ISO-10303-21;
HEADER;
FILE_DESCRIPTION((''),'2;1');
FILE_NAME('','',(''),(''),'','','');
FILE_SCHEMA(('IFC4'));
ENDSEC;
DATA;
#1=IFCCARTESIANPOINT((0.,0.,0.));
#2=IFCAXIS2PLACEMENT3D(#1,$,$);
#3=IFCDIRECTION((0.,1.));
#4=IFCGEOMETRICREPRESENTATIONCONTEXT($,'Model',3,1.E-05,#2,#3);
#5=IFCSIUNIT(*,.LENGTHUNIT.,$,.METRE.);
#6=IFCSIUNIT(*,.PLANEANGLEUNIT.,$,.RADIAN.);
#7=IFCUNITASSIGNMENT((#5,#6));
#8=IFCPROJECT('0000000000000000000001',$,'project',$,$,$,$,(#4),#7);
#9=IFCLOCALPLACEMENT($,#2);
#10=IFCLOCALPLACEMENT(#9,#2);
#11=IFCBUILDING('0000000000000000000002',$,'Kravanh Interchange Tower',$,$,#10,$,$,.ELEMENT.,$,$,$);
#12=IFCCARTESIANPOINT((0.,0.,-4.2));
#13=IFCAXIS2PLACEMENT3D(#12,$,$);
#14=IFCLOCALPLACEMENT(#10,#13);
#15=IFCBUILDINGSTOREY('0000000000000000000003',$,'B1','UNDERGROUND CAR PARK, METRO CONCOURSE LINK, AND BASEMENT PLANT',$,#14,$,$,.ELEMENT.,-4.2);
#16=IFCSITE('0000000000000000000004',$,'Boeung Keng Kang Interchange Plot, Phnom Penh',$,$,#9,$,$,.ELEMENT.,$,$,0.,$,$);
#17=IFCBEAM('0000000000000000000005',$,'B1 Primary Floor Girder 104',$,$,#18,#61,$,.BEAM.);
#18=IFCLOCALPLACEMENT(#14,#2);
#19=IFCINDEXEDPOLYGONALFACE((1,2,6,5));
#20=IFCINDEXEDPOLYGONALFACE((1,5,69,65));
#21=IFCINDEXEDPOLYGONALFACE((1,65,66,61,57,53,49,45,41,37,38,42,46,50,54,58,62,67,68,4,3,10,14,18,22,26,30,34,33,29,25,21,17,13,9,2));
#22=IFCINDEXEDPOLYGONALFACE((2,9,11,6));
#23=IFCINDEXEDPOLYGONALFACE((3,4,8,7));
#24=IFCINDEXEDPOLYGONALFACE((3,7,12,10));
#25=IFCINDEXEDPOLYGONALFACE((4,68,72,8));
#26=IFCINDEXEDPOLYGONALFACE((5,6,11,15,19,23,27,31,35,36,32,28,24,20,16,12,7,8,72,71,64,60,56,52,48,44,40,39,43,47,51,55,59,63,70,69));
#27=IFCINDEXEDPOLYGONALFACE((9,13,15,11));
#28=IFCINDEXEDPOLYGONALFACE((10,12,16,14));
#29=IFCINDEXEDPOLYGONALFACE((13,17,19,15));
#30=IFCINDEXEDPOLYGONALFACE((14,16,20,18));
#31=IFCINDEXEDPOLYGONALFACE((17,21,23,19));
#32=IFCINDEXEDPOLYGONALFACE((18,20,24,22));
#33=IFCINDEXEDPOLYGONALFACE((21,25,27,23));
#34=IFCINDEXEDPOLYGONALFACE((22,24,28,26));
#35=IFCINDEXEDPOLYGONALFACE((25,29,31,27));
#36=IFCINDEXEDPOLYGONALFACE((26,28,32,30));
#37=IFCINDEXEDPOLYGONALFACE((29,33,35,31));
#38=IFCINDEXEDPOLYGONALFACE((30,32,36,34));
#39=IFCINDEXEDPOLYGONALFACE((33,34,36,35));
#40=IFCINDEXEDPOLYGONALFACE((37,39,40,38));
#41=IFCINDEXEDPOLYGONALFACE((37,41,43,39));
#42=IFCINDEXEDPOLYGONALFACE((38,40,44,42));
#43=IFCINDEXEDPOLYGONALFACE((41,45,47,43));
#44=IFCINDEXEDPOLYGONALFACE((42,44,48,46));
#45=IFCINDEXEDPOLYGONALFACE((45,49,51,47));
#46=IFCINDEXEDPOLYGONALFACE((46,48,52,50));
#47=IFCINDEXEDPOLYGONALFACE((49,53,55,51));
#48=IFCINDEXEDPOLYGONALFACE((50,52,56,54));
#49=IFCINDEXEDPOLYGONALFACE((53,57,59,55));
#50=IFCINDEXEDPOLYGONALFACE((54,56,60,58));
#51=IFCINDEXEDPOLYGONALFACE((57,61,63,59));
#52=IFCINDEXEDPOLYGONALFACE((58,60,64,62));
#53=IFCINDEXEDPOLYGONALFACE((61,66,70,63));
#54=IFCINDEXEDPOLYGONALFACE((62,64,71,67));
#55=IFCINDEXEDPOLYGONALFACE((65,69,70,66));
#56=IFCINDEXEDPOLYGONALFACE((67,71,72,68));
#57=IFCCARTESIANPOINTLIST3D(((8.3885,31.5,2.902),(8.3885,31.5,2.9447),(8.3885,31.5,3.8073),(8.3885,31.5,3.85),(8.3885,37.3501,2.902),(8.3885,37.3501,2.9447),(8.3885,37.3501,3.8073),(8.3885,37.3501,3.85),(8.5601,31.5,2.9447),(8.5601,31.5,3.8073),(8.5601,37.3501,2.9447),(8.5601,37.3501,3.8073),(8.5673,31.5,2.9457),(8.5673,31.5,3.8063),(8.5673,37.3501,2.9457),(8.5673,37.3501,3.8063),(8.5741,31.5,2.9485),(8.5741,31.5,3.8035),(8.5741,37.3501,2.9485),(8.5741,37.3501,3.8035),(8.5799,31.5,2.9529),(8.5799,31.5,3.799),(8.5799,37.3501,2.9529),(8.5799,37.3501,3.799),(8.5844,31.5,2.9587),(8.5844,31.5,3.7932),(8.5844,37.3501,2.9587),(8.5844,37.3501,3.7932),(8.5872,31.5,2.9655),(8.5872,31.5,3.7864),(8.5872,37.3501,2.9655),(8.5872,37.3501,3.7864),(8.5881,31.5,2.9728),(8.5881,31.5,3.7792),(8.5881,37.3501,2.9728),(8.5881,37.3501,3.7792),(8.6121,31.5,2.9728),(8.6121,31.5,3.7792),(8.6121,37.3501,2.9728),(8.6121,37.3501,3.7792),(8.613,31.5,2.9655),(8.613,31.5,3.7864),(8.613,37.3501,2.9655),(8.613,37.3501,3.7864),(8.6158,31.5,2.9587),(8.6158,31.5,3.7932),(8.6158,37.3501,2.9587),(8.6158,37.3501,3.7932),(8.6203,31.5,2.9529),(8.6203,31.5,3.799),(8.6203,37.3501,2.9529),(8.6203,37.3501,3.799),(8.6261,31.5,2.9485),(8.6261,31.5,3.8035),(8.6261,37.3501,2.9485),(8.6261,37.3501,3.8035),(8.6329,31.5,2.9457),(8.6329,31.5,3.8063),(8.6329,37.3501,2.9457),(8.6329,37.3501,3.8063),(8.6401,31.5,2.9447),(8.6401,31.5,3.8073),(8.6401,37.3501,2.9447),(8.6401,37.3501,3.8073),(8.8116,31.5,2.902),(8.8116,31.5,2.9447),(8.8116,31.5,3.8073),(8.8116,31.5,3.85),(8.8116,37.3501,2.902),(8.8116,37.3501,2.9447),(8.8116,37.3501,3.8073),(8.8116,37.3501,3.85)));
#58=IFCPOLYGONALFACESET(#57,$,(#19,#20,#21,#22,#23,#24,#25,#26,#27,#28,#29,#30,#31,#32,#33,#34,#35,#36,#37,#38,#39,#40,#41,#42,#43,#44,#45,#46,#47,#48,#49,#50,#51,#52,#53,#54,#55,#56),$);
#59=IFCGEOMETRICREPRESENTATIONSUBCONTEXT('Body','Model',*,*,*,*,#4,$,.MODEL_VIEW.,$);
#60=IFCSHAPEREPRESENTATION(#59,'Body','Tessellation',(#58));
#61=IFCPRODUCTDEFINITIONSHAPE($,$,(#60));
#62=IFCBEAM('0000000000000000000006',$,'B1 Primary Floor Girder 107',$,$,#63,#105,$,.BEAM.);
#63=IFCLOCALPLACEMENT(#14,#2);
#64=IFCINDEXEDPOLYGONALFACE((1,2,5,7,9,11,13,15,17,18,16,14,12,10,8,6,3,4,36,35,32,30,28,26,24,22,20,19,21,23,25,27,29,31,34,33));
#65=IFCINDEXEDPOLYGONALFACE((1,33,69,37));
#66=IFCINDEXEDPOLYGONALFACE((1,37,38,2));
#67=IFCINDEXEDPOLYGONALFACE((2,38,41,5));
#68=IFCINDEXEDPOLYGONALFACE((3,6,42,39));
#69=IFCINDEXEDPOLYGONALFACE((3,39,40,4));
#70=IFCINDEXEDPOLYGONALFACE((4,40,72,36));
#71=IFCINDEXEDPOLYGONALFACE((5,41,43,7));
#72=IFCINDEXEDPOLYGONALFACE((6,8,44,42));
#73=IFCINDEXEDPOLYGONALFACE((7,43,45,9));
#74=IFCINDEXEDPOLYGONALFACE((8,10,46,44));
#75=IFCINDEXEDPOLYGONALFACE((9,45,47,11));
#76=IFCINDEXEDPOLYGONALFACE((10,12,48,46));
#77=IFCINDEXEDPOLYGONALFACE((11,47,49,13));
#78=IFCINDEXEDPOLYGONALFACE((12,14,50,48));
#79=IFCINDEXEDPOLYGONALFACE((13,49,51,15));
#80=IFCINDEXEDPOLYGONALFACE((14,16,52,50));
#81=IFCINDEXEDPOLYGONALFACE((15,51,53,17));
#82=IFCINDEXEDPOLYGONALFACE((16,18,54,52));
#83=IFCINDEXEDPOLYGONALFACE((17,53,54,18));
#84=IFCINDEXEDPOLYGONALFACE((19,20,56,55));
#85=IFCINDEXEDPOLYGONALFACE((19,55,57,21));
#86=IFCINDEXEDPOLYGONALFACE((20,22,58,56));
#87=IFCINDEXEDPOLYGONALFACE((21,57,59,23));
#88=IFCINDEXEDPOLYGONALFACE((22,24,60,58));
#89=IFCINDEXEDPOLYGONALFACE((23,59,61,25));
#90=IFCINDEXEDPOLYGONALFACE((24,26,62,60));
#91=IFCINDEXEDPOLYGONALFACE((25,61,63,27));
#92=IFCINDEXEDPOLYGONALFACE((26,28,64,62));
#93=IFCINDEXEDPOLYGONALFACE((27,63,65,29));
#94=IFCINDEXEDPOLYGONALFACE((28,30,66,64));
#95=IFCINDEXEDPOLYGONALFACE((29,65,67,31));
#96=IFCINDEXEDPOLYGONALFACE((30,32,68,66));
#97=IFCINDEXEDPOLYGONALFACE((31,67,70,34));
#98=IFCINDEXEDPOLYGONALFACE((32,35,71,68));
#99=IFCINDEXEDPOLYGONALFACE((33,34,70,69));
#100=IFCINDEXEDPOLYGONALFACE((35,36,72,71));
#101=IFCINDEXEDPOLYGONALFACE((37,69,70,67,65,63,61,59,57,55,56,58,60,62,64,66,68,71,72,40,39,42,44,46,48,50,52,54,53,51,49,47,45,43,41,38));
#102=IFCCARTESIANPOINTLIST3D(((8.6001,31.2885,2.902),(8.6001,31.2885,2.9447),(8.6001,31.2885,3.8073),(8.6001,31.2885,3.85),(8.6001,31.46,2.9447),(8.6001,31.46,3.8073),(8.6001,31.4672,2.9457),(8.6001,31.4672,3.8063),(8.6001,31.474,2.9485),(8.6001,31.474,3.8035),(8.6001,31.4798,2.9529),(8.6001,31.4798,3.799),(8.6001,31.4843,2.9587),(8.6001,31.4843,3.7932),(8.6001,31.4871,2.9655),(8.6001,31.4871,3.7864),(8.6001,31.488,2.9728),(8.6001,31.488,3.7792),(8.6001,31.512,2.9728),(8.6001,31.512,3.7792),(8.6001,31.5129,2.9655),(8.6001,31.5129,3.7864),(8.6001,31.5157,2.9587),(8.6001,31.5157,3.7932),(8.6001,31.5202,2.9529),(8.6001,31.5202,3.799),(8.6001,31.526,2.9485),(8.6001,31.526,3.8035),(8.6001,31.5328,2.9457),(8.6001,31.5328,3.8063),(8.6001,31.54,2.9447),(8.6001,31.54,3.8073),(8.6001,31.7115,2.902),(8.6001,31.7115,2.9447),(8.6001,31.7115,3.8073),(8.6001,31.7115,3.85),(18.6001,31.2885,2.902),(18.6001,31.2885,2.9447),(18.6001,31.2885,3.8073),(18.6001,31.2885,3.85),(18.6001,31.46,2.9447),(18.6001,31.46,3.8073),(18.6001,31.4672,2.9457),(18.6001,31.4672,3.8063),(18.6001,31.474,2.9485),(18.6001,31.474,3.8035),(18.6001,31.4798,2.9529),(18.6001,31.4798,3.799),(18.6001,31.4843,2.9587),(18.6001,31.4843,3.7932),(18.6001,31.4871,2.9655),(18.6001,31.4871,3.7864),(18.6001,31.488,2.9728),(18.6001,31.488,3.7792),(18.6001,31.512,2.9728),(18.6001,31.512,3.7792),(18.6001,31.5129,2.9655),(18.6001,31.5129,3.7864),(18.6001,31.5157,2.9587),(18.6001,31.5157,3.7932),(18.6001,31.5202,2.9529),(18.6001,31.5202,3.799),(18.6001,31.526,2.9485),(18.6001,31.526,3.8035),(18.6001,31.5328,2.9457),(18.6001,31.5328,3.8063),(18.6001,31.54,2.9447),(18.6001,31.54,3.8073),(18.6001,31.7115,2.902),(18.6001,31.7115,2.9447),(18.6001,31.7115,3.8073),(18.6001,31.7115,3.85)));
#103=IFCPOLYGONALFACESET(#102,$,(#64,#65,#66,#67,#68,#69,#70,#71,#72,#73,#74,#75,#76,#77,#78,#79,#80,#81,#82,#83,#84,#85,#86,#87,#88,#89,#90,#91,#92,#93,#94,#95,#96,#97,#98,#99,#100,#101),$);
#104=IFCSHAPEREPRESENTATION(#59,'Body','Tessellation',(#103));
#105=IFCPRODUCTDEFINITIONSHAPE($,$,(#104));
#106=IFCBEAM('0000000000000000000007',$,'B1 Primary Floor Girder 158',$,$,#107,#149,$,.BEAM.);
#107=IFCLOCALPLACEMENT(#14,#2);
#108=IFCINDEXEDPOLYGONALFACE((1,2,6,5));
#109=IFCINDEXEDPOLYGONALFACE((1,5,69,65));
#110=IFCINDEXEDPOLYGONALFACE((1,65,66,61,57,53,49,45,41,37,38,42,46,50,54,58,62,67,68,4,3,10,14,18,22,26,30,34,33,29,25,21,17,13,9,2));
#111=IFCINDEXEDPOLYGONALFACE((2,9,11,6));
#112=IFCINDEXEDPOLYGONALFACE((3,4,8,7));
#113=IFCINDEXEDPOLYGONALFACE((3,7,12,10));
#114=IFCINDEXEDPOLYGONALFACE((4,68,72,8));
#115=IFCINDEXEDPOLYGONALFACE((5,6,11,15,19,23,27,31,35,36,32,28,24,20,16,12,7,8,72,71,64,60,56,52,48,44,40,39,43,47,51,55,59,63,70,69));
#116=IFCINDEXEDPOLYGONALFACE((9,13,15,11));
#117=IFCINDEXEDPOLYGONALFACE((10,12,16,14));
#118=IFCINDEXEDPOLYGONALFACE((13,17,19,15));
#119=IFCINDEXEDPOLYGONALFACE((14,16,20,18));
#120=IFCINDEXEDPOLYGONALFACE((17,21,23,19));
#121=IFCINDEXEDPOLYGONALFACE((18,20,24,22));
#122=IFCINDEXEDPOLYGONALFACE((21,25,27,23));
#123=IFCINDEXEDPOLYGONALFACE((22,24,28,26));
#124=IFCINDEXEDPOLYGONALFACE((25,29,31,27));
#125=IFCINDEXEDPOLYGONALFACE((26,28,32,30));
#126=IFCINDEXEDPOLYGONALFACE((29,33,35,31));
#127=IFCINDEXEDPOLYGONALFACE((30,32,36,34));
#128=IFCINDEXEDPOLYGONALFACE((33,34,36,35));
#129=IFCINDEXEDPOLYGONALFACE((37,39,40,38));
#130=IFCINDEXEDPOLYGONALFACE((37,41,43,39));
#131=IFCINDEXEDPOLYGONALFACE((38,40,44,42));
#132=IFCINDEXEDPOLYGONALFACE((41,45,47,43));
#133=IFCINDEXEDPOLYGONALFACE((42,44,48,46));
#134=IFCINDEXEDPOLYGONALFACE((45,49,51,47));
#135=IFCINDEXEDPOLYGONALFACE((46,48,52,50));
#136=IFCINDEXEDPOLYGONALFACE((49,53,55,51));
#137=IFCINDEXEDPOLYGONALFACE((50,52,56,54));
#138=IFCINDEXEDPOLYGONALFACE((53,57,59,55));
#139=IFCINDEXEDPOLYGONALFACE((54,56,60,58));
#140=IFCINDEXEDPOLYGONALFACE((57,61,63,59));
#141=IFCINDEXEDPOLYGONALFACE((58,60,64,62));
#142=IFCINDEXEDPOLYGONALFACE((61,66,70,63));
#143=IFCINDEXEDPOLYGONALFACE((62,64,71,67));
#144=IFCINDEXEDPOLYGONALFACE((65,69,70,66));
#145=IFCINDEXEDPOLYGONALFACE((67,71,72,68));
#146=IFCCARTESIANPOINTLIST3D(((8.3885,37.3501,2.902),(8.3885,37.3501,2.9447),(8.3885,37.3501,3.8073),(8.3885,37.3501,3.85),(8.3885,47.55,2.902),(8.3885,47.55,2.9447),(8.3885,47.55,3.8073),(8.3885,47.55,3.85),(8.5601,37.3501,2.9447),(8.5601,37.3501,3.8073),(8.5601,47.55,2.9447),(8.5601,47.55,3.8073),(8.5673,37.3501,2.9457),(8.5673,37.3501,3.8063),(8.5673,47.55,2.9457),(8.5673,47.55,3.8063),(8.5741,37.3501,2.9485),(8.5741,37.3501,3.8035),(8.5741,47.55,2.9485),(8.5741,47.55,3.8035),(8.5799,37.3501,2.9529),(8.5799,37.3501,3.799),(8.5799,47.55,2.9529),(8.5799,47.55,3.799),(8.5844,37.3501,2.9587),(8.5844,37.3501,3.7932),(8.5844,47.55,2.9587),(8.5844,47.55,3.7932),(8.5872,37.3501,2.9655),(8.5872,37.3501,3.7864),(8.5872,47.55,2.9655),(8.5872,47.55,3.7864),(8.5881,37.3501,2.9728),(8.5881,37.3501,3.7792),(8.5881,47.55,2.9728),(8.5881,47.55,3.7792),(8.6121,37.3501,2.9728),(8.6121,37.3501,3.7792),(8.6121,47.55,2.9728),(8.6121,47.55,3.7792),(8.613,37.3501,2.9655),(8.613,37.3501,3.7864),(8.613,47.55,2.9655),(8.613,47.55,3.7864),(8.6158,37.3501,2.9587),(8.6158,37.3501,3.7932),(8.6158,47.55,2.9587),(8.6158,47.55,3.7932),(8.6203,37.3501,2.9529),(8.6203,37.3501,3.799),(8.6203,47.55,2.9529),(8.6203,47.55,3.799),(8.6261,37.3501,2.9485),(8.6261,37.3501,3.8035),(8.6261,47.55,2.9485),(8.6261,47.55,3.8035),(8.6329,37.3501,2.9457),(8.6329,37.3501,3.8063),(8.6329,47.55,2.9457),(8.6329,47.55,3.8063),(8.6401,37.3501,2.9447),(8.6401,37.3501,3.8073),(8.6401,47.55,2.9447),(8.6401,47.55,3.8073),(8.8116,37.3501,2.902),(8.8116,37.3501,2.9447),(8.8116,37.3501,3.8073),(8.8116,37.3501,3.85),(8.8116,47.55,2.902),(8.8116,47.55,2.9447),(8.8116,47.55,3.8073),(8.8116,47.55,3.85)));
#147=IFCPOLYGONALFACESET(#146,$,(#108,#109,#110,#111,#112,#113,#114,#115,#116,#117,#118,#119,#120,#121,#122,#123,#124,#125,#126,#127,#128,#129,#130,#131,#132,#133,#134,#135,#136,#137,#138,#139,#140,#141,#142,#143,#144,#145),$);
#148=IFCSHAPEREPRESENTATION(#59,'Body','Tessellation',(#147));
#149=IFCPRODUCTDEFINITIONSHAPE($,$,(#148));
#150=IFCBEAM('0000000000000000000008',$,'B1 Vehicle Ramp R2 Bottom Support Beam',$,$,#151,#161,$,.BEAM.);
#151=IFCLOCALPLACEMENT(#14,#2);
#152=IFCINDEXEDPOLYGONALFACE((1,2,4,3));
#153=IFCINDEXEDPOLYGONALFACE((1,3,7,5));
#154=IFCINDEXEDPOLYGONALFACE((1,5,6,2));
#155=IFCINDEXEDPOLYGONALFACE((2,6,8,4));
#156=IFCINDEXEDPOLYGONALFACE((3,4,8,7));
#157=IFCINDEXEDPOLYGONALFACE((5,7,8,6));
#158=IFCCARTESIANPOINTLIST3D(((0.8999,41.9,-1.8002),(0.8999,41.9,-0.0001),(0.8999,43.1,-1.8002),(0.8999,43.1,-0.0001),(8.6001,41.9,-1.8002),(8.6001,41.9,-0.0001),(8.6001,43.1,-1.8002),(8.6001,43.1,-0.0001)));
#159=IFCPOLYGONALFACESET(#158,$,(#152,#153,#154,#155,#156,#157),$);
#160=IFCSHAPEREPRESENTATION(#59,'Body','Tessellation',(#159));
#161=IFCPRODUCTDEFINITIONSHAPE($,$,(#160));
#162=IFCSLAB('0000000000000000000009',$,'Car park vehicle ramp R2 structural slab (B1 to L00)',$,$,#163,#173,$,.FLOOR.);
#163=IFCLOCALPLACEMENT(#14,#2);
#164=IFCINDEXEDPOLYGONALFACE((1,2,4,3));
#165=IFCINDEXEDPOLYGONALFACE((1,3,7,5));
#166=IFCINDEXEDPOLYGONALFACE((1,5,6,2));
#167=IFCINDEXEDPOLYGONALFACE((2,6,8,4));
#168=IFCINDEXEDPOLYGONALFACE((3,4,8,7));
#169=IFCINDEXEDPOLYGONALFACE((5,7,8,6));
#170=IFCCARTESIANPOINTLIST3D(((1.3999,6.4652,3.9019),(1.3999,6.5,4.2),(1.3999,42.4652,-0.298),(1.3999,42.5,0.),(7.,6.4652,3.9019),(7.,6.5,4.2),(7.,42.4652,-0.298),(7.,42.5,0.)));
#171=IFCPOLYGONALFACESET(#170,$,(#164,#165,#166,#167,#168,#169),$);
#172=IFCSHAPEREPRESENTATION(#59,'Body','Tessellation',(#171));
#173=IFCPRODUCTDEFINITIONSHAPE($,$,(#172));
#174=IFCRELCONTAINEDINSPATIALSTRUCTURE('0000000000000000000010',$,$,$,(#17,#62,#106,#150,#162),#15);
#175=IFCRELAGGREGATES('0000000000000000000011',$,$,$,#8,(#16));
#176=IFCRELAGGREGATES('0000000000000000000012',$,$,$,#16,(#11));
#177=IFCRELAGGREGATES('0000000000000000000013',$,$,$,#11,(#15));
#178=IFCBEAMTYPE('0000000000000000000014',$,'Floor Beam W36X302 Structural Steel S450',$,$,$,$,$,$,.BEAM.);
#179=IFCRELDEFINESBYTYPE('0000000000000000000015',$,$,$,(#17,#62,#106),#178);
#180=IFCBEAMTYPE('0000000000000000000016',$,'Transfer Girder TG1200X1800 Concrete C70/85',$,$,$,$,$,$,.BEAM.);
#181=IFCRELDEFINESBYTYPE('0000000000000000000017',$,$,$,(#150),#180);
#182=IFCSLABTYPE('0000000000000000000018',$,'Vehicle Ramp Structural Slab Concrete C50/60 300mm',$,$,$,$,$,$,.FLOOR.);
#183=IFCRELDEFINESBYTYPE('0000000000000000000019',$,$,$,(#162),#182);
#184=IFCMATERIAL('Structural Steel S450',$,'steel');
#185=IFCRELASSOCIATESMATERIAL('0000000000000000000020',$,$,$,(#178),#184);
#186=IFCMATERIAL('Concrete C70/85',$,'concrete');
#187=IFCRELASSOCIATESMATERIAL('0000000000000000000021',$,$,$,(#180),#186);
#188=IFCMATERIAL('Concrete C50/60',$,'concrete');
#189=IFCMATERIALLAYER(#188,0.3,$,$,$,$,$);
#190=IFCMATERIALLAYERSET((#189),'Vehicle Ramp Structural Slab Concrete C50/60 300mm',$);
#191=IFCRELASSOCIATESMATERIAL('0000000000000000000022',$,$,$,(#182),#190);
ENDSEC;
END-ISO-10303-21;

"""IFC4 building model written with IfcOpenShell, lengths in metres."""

from ifc_helpers import new_model, si_unit, direction, frame, origin, origin_2d, place, context, subcontext, project, spatial, polyline, rectangle, i_section, outline, extrude, material, layer, layer_set, material_profile, profile_set, type_object, element, save


model = new_model("IFC4")

# Units and contexts
model_context = context("Model", 3, precision=1e-05, world=origin(), true_north=direction((0.0, 1.0)))
body_context = subcontext(model_context, "Body", "Model", "MODEL_VIEW")
ifc_project = project(units=[si_unit("LENGTHUNIT", "METRE"), si_unit("PLANEANGLEUNIT", "RADIAN")], contexts=[model_context])

# Site, building, storey
site_placement = place(None, origin())
site = spatial("IfcSite", under=ifc_project, at=site_placement, Name="Boeung Keng Kang Interchange Plot, Phnom Penh", CompositionType="ELEMENT", RefElevation=0.0)
building_placement = place(site_placement, origin())
building = spatial("IfcBuilding", under=site, at=building_placement, Name="Kravanh Interchange Tower", CompositionType="ELEMENT")
storey_placement = place(building_placement, frame((0.0, 0.0, -4.2)))
storey = spatial("IfcBuildingStorey", under=building, at=storey_placement, Name="B1", Description="UNDERGROUND CAR PARK, METRO CONCOURSE LINK, AND BASEMENT PLANT", CompositionType="ELEMENT", Elevation=-4.2)

# Beams
ifc_material_1 = material(Name="Structural Steel S450", Category="steel")
ifc_material_profile_1 = material_profile(ifc_material_1, i_section(OverallWidth=0.4231, OverallDepth=0.948, WebThickness=0.0239, FlangeThickness=0.0427, FilletRadius=0.0281, at=origin_2d()), Name="W36X302")
ifc_profile_set_1 = profile_set([ifc_material_profile_1], Name="Structural Steel S450")
beam_type_1 = type_object("IfcBeamType", Name="Floor Beam W36X302 Structural Steel S450", PredefinedType="BEAM", material=ifc_profile_set_1)
beam_1_placement = place(storey_placement, frame((8.6001, 31.5, 3.376), z_axis=(0.0, 1.0, 0.0), x_axis=(-1.0, 0.0, 0.0)))
element("IfcBeam", 1, at=beam_1_placement, inside=storey, type_object=beam_type_1, Name="B1 Primary Floor Girder 104", PredefinedType="BEAM", context=body_context, shape_type="SweptSolid", body=[
    extrude(i_section(OverallWidth=0.4231, OverallDepth=0.948, WebThickness=0.0239, FlangeThickness=0.0427, FilletRadius=0.0281, at=origin_2d()), origin(), (0.0, 0.0, 1.0), 5.8501),
])
beam_2_placement = place(storey_placement, frame((8.6001, 31.5, 3.376), z_axis=(1.0, 0.0, 0.0), x_axis=(0.0, 1.0, 0.0)))
element("IfcBeam", 2, at=beam_2_placement, inside=storey, type_object=beam_type_1, Name="B1 Primary Floor Girder 107", PredefinedType="BEAM", context=body_context, shape_type="SweptSolid", body=[
    extrude(i_section(OverallWidth=0.4231, OverallDepth=0.948, WebThickness=0.0239, FlangeThickness=0.0427, FilletRadius=0.0281, at=origin_2d()), origin(), (0.0, 0.0, 1.0), 10.0),
])
beam_3_placement = place(storey_placement, frame((8.6001, 37.3501, 3.376), z_axis=(0.0, 1.0, 0.0), x_axis=(-1.0, 0.0, 0.0)))
element("IfcBeam", 3, at=beam_3_placement, inside=storey, type_object=beam_type_1, Name="B1 Primary Floor Girder 158", PredefinedType="BEAM", context=body_context, shape_type="SweptSolid", body=[
    extrude(i_section(OverallWidth=0.4231, OverallDepth=0.948, WebThickness=0.0239, FlangeThickness=0.0427, FilletRadius=0.0281, at=origin_2d()), origin(), (0.0, 0.0, 1.0), 10.2),
])
ifc_material_2 = material(Name="Concrete C70/85", Category="concrete")
ifc_material_profile_2 = material_profile(ifc_material_2, rectangle(XDim=1.2, YDim=1.8, at=origin_2d()), Name="TG1200X1800")
ifc_profile_set_2 = profile_set([ifc_material_profile_2], Name="Concrete C70/85")
beam_type_2 = type_object("IfcBeamType", Name="Transfer Girder TG1200X1800 Concrete C70/85", PredefinedType="BEAM", material=ifc_profile_set_2)
beam_4_placement = place(storey_placement, frame((0.8999, 42.5, -0.9001), z_axis=(1.0, 0.0, 0.0), x_axis=(0.0, 1.0, 0.0)))
element("IfcBeam", 4, at=beam_4_placement, inside=storey, type_object=beam_type_2, Name="B1 Vehicle Ramp R2 Bottom Support Beam", PredefinedType="BEAM", context=body_context, shape_type="SweptSolid", body=[
    extrude(rectangle(XDim=1.2, YDim=1.8, at=origin_2d()), origin(), (0.0, 0.0, 1.0), 7.7002),
])

# Slab
ifc_material_3 = material(Name="Concrete C50/60", Category="concrete")
ifc_layer_1 = layer(ifc_material_3, 0.3)
ifc_layer_set_1 = layer_set([ifc_layer_1], Name="Vehicle Ramp Structural Slab Concrete C50/60 300mm")
slab_type = type_object("IfcSlabType", Name="Vehicle Ramp Structural Slab Concrete C50/60 300mm", PredefinedType="FLOOR", material=ifc_layer_set_1)
slab_placement = place(storey_placement, frame((1.3999, 42.5, 0.0), z_axis=(0.0, 0.115879, 0.993263), x_axis=(1.0, 0.0, 0.0)))
element("IfcSlab", 5, at=slab_placement, inside=storey, type_object=slab_type, Name="Car park vehicle ramp R2 structural slab (B1 to L00)", PredefinedType="FLOOR", context=body_context, shape_type="SweptSolid", body=[
    extrude(outline(polyline([(0.0, 0.0), (5.6001, 0.0), (5.6001, -36.2442), (0.0, -36.2442), (0.0, 0.0)])), origin(), (0.0, 0.0, -1.0), 0.3),
])

save(model, "model.ifc")
